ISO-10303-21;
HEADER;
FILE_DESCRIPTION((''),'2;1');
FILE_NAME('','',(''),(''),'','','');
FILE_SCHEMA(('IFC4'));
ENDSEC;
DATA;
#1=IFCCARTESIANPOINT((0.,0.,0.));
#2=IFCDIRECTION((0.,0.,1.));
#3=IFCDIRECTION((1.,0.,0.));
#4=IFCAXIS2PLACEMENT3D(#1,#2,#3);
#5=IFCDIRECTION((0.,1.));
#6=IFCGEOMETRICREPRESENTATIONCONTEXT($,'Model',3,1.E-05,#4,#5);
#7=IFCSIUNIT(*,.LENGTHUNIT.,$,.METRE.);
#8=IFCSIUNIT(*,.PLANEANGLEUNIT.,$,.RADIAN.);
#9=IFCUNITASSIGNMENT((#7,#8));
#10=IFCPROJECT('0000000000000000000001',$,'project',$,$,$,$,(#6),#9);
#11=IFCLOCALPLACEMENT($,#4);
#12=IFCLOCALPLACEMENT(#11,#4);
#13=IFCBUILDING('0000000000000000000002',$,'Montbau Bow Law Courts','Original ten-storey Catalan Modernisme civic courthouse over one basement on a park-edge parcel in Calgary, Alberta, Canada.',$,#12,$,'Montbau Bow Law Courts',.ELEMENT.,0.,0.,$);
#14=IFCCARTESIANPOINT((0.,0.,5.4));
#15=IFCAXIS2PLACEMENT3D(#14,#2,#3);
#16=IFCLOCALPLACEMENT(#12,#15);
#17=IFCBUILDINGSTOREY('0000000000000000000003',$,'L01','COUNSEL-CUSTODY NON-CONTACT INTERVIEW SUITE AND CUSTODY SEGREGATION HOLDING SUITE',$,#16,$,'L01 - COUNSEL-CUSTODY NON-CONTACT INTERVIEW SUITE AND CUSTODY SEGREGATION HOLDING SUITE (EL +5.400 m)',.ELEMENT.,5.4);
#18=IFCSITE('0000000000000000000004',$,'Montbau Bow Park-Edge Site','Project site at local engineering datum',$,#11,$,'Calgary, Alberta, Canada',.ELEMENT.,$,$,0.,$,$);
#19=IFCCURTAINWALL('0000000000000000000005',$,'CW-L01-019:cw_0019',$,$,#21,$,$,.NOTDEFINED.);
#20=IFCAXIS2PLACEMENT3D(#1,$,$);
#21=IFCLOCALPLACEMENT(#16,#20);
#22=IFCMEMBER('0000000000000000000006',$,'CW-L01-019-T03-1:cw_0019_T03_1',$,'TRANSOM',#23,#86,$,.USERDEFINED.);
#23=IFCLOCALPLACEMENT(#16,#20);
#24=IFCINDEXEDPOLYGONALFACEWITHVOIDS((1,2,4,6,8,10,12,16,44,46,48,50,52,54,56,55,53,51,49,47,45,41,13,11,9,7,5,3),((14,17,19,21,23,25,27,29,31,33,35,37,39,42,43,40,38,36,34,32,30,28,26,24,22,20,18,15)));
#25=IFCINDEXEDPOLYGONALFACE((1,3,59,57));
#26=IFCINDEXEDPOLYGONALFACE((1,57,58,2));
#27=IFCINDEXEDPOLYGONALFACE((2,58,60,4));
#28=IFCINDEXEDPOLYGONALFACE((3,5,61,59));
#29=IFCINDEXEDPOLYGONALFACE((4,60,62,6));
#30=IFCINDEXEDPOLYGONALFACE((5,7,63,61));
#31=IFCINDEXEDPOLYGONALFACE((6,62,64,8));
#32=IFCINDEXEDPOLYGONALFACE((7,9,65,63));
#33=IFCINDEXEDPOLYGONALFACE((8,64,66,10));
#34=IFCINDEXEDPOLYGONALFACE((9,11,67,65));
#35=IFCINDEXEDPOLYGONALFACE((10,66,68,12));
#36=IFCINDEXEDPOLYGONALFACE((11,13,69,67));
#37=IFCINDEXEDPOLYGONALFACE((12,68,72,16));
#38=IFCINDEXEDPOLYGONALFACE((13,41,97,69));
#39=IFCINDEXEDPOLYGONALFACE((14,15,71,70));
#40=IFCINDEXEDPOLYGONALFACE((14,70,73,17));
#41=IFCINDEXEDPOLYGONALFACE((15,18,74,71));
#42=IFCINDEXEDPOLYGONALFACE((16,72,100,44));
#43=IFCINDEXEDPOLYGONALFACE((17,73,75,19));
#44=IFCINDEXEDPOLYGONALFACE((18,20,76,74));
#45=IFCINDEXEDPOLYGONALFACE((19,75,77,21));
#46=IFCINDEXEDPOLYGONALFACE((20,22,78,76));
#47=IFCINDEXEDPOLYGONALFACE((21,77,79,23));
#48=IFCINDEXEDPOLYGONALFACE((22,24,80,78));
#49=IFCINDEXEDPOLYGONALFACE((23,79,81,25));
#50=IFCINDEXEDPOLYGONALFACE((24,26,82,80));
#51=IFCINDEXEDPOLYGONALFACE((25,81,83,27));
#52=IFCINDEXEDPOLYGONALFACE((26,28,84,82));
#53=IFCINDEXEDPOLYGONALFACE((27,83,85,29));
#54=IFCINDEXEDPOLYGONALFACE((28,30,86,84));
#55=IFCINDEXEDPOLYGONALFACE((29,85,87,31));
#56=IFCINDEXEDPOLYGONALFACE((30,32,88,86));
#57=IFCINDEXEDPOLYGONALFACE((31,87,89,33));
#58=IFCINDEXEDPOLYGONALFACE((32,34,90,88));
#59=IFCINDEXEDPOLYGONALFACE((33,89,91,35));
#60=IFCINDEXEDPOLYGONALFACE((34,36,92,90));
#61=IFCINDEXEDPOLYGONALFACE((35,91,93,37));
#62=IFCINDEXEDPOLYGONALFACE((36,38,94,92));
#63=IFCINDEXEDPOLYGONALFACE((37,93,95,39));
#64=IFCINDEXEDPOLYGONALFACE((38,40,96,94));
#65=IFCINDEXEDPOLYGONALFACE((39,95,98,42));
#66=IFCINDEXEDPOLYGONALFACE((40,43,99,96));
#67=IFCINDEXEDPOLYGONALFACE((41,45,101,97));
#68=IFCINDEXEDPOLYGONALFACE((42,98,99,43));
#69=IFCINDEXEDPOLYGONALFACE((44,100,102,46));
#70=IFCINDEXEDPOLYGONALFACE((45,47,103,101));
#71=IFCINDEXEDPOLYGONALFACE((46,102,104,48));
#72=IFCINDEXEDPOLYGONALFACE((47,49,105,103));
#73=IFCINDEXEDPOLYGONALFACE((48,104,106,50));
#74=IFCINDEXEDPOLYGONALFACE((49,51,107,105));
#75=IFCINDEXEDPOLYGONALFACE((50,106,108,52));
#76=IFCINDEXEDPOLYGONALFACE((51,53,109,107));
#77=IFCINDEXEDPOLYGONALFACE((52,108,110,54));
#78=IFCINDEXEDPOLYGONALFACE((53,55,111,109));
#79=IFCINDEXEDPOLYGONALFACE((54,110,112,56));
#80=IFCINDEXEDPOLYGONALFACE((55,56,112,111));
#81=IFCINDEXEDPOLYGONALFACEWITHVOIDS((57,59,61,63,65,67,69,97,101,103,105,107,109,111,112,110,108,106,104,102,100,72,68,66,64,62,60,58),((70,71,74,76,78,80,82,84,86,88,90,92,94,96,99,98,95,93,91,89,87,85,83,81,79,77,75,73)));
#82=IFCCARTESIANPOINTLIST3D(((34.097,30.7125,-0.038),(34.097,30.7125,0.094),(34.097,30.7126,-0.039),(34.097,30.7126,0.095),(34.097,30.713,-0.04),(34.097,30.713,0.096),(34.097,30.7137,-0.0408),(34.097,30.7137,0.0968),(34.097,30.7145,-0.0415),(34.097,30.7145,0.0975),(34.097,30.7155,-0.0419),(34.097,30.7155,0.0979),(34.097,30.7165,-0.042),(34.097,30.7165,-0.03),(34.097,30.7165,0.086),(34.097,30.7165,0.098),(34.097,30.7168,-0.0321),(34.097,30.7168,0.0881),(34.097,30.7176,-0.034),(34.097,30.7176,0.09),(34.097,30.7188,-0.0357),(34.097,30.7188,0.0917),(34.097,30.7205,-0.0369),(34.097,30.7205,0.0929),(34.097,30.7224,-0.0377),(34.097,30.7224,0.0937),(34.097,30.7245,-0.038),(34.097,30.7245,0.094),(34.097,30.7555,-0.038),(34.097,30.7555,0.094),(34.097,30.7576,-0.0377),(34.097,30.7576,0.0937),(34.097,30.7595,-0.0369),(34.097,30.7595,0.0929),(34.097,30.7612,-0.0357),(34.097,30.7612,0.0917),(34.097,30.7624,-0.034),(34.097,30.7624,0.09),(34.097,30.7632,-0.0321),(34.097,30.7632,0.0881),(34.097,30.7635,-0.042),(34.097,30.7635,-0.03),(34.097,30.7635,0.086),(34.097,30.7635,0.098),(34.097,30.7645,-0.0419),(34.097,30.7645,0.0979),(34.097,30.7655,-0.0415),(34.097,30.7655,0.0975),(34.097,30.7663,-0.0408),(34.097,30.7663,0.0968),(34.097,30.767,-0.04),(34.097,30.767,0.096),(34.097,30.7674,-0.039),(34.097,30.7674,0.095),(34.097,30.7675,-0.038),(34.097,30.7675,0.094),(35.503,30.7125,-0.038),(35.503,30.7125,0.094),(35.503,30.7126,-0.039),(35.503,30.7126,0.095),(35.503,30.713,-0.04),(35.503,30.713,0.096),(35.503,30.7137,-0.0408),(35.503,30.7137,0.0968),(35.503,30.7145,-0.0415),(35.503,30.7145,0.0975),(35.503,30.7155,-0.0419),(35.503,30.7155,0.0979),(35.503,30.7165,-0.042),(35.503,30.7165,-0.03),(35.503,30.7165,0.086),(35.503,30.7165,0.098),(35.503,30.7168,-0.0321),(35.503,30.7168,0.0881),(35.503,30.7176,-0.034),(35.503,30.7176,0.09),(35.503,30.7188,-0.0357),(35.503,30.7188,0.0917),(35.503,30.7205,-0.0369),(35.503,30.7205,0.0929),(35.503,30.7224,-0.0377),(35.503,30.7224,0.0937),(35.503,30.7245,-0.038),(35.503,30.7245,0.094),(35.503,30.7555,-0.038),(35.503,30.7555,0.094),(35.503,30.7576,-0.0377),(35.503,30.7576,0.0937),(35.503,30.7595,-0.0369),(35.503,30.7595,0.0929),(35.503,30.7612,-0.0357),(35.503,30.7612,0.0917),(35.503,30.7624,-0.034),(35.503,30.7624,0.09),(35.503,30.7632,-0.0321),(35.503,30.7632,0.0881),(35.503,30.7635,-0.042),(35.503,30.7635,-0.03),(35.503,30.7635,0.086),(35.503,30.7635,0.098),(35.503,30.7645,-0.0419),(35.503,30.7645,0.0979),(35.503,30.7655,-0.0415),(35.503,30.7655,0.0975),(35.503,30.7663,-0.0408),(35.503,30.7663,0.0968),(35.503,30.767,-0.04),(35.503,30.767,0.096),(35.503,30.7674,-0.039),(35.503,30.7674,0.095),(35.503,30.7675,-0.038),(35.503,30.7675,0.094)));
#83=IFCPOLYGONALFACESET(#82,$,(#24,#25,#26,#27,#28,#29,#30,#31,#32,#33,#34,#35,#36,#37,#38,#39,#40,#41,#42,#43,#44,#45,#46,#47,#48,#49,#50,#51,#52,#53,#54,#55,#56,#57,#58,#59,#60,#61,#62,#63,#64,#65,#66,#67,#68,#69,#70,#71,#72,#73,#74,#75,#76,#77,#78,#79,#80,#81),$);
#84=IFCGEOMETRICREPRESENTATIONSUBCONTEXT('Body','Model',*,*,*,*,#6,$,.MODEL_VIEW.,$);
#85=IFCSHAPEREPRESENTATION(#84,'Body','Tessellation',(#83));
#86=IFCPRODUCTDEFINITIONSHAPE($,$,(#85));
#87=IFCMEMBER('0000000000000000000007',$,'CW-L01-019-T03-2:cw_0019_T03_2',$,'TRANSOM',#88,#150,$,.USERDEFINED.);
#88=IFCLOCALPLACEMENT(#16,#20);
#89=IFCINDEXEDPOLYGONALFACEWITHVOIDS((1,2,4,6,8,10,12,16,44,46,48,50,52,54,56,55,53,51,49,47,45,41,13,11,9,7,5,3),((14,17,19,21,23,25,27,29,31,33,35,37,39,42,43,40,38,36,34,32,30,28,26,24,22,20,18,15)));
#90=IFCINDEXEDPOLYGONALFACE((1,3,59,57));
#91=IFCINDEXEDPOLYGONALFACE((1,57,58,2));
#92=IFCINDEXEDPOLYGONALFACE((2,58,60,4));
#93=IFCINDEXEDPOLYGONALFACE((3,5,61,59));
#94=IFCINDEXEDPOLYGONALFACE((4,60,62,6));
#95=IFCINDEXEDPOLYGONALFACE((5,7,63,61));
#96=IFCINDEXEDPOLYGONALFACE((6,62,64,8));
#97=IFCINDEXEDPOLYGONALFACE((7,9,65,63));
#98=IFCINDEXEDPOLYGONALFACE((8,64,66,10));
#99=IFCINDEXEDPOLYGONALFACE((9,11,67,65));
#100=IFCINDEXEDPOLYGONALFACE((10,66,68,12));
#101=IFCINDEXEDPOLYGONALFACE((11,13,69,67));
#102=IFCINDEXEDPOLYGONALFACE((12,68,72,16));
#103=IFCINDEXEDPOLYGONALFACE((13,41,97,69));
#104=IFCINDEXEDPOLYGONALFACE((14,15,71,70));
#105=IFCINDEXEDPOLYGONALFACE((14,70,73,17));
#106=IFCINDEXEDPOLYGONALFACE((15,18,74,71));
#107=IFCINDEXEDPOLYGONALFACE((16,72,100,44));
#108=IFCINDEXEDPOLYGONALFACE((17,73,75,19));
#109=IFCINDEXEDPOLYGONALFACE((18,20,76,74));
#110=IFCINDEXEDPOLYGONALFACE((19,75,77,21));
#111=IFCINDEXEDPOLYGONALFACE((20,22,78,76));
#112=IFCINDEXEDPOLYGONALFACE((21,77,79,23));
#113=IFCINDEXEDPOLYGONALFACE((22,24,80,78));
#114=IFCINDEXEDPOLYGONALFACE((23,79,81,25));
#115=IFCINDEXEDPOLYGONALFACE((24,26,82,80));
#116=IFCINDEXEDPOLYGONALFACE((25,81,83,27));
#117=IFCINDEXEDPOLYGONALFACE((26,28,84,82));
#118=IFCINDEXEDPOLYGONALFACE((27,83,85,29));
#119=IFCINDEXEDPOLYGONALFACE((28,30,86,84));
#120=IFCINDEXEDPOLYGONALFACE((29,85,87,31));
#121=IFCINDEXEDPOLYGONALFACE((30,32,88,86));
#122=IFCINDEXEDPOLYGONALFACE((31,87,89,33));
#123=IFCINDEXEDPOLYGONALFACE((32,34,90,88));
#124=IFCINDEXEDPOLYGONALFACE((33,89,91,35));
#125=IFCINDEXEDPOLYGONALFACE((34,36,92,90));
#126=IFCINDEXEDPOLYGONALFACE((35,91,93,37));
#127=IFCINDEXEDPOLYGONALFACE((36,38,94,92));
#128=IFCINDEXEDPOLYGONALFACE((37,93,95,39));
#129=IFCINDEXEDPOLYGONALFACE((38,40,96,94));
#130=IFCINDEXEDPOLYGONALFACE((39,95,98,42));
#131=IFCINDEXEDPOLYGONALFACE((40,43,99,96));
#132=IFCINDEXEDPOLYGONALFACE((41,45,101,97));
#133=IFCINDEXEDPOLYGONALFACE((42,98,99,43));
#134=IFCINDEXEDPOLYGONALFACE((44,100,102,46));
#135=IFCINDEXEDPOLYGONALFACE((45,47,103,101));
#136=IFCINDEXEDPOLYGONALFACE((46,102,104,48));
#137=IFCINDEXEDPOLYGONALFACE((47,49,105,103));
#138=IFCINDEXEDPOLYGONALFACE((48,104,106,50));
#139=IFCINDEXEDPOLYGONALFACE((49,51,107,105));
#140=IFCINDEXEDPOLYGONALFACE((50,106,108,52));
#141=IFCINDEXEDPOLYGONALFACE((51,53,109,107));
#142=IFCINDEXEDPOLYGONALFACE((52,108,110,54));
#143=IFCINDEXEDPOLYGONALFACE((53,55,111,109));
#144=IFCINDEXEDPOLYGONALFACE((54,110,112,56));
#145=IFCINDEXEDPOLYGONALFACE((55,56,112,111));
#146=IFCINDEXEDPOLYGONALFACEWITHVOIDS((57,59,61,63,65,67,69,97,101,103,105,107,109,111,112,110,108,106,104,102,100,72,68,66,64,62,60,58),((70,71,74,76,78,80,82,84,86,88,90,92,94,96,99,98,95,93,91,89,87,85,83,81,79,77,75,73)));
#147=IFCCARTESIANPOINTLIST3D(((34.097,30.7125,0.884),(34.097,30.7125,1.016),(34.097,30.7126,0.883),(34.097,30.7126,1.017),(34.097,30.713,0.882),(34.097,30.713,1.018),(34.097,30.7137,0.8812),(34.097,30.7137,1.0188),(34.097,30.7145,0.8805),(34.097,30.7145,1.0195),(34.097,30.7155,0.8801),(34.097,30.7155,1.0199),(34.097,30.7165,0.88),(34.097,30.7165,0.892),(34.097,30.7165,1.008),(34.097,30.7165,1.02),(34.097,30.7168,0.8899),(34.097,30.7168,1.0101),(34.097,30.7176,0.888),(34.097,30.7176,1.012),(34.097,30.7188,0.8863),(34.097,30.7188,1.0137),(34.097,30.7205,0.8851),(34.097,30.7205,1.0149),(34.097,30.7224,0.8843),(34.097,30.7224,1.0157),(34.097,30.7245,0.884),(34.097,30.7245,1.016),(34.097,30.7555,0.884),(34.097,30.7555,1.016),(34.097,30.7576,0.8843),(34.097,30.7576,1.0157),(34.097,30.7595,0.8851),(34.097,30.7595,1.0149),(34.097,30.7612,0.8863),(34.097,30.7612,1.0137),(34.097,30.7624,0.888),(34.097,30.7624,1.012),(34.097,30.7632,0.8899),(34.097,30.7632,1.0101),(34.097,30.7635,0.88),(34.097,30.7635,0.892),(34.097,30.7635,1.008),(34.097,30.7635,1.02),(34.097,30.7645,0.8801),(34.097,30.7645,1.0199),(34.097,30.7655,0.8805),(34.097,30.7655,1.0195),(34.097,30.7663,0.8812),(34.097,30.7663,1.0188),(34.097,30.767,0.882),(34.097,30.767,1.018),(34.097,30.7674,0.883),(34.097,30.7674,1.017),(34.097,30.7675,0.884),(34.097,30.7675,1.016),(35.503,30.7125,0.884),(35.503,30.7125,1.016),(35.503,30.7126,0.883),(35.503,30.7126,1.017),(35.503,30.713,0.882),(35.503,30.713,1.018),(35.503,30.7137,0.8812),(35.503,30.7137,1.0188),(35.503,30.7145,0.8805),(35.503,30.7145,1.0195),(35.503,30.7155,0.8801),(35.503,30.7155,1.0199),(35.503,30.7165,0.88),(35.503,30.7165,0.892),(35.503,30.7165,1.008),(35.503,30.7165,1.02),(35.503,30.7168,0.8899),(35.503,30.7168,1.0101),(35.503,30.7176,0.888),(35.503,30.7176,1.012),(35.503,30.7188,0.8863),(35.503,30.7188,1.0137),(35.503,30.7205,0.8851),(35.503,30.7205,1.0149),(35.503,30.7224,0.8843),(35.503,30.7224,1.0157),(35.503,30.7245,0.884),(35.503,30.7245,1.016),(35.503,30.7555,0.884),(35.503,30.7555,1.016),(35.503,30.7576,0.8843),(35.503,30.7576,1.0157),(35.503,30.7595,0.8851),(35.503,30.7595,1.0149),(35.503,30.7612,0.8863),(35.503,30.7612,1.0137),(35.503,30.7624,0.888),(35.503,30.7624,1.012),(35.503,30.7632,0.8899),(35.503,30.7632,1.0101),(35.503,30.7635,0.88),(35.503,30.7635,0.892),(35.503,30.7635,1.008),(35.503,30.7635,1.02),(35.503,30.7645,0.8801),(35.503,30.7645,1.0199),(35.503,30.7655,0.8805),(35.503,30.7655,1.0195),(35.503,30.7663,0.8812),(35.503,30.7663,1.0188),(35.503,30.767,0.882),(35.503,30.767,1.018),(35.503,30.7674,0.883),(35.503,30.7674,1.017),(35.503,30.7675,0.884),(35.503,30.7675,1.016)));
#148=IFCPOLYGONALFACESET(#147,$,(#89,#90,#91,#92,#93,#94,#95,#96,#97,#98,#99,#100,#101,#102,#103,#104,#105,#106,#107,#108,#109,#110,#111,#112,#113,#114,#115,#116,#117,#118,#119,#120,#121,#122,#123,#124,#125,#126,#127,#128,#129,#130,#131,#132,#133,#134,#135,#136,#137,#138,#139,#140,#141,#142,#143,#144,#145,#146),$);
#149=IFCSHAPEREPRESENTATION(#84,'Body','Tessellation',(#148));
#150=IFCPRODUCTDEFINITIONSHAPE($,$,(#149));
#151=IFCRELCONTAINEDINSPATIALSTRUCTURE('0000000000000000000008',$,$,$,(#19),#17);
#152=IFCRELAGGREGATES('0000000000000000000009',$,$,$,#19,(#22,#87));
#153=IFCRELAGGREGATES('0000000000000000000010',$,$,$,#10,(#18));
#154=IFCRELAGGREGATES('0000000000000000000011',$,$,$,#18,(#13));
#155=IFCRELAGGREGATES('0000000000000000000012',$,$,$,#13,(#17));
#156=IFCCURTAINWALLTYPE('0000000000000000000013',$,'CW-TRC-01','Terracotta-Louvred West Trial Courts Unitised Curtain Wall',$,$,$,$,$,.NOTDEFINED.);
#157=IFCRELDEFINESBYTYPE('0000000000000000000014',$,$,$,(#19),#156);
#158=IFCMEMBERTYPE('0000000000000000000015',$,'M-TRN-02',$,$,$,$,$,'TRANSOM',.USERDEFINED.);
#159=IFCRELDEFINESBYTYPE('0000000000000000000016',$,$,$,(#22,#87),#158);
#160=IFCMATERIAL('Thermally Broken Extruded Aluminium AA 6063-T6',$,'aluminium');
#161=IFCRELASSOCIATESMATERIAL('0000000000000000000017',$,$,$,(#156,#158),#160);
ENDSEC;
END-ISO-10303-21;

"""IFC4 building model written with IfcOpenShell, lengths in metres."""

from ifc_helpers import new_model, si_unit, direction, frame, origin_with_axes, origin_2d_with_axis, place, context, subcontext, project, spatial, hollow_rectangle, extrude, material, material_profile, profile_set, type_object, element, aggregate, save


model = new_model("IFC4")

# Units and contexts
model_context = context("Model", 3, precision=1e-05, world=origin_with_axes(), true_north=direction((0.0, 1.0)))
body_context = subcontext(model_context, "Body", "Model", "MODEL_VIEW")
ifc_project = project(units=[si_unit("LENGTHUNIT", "METRE"), si_unit("PLANEANGLEUNIT", "RADIAN")], contexts=[model_context])

# Site, building, storey
site_placement = place(None, origin_with_axes())
site = spatial("IfcSite", under=ifc_project, at=site_placement, Name="Montbau Bow Park-Edge Site", Description="Project site at local engineering datum", LongName="Calgary, Alberta, Canada", CompositionType="ELEMENT", RefElevation=0.0)
building_placement = place(site_placement, origin_with_axes())
building = spatial("IfcBuilding", under=site, at=building_placement, Name="Montbau Bow Law Courts", Description="Original ten-storey Catalan Modernisme civic courthouse over one basement on a park-edge parcel in Calgary, Alberta, Canada.", LongName="Montbau Bow Law Courts", CompositionType="ELEMENT", ElevationOfRefHeight=0.0, ElevationOfTerrain=0.0)
storey_placement = place(building_placement, frame((0.0, 0.0, 5.4), z_axis=(0.0, 0.0, 1.0), x_axis=(1.0, 0.0, 0.0)))
storey = spatial("IfcBuildingStorey", under=building, at=storey_placement, Name="L01", Description="COUNSEL-CUSTODY NON-CONTACT INTERVIEW SUITE AND CUSTODY SEGREGATION HOLDING SUITE", LongName="L01 - COUNSEL-CUSTODY NON-CONTACT INTERVIEW SUITE AND CUSTODY SEGREGATION HOLDING SUITE (EL +5.400 m)", CompositionType="ELEMENT", Elevation=5.4)

# Curtain wall
ifc_material_1 = material(Name="Thermally Broken Extruded Aluminium AA 6063-T6", Category="aluminium")
curtain_wall_type = type_object("IfcCurtainWallType", Name="CW-TRC-01", Description="Terracotta-Louvred West Trial Courts Unitised Curtain Wall", PredefinedType="NOTDEFINED", material=ifc_material_1)
curtain_wall_1_placement = place(None, frame((31.115, 30.74, 5.4), z_axis=(0.0, 0.0, 1.0), x_axis=(1.0, 0.0, 0.0)))
curtain_wall_1 = element("IfcCurtainWall", 1, at=curtain_wall_1_placement, inside=storey, type_object=curtain_wall_type, Name="CW-L01-019:cw_0019", PredefinedType="NOTDEFINED")

# Members
ifc_material_profile_1 = material_profile(ifc_material_1, hollow_rectangle(XDim=0.055, YDim=0.14, WallThickness=0.004, InnerFilletRadius=0.008, OuterFilletRadius=0.004, at=origin_2d_with_axis()), Name="CWT-140X55", Category="Main", Priority=0)
ifc_profile_set_1 = profile_set([ifc_material_profile_1], Name="Thermally Broken Extruded Aluminium AA 6063-T6")
member_type_1 = type_object("IfcMemberType", Name="M-TRN-02", ElementType="TRANSOM", PredefinedType="USERDEFINED", material=ifc_profile_set_1)
member_1_placement = place(None, frame((34.097, 30.74, 5.428), z_axis=(1.0, 0.0, 0.0), x_axis=(0.0, 1.0, 0.0)))
member_1 = element("IfcMember", 2, at=member_1_placement, type_object=member_type_1, Name="CW-L01-019-T03-1:cw_0019_T03_1", ObjectType="TRANSOM", PredefinedType="USERDEFINED", context=body_context, shape_type="SweptSolid", body=[
    extrude(hollow_rectangle(XDim=0.055, YDim=0.14, WallThickness=0.004, InnerFilletRadius=0.008, OuterFilletRadius=0.004, at=origin_2d_with_axis()), origin_with_axes(), (0.0, 0.0, 1.0), 1.406),
])
member_2_placement = place(None, frame((34.097, 30.74, 6.35), z_axis=(1.0, 0.0, 0.0), x_axis=(0.0, 1.0, 0.0)))
member_2 = element("IfcMember", 3, at=member_2_placement, type_object=member_type_1, Name="CW-L01-019-T03-2:cw_0019_T03_2", ObjectType="TRANSOM", PredefinedType="USERDEFINED", context=body_context, shape_type="SweptSolid", body=[
    extrude(hollow_rectangle(XDim=0.055, YDim=0.14, WallThickness=0.004, InnerFilletRadius=0.008, OuterFilletRadius=0.004, at=origin_2d_with_axis()), origin_with_axes(), (0.0, 0.0, 1.0), 1.406),
])

aggregate(curtain_wall_1, [member_1, member_2])

save(model, "model.ifc")
